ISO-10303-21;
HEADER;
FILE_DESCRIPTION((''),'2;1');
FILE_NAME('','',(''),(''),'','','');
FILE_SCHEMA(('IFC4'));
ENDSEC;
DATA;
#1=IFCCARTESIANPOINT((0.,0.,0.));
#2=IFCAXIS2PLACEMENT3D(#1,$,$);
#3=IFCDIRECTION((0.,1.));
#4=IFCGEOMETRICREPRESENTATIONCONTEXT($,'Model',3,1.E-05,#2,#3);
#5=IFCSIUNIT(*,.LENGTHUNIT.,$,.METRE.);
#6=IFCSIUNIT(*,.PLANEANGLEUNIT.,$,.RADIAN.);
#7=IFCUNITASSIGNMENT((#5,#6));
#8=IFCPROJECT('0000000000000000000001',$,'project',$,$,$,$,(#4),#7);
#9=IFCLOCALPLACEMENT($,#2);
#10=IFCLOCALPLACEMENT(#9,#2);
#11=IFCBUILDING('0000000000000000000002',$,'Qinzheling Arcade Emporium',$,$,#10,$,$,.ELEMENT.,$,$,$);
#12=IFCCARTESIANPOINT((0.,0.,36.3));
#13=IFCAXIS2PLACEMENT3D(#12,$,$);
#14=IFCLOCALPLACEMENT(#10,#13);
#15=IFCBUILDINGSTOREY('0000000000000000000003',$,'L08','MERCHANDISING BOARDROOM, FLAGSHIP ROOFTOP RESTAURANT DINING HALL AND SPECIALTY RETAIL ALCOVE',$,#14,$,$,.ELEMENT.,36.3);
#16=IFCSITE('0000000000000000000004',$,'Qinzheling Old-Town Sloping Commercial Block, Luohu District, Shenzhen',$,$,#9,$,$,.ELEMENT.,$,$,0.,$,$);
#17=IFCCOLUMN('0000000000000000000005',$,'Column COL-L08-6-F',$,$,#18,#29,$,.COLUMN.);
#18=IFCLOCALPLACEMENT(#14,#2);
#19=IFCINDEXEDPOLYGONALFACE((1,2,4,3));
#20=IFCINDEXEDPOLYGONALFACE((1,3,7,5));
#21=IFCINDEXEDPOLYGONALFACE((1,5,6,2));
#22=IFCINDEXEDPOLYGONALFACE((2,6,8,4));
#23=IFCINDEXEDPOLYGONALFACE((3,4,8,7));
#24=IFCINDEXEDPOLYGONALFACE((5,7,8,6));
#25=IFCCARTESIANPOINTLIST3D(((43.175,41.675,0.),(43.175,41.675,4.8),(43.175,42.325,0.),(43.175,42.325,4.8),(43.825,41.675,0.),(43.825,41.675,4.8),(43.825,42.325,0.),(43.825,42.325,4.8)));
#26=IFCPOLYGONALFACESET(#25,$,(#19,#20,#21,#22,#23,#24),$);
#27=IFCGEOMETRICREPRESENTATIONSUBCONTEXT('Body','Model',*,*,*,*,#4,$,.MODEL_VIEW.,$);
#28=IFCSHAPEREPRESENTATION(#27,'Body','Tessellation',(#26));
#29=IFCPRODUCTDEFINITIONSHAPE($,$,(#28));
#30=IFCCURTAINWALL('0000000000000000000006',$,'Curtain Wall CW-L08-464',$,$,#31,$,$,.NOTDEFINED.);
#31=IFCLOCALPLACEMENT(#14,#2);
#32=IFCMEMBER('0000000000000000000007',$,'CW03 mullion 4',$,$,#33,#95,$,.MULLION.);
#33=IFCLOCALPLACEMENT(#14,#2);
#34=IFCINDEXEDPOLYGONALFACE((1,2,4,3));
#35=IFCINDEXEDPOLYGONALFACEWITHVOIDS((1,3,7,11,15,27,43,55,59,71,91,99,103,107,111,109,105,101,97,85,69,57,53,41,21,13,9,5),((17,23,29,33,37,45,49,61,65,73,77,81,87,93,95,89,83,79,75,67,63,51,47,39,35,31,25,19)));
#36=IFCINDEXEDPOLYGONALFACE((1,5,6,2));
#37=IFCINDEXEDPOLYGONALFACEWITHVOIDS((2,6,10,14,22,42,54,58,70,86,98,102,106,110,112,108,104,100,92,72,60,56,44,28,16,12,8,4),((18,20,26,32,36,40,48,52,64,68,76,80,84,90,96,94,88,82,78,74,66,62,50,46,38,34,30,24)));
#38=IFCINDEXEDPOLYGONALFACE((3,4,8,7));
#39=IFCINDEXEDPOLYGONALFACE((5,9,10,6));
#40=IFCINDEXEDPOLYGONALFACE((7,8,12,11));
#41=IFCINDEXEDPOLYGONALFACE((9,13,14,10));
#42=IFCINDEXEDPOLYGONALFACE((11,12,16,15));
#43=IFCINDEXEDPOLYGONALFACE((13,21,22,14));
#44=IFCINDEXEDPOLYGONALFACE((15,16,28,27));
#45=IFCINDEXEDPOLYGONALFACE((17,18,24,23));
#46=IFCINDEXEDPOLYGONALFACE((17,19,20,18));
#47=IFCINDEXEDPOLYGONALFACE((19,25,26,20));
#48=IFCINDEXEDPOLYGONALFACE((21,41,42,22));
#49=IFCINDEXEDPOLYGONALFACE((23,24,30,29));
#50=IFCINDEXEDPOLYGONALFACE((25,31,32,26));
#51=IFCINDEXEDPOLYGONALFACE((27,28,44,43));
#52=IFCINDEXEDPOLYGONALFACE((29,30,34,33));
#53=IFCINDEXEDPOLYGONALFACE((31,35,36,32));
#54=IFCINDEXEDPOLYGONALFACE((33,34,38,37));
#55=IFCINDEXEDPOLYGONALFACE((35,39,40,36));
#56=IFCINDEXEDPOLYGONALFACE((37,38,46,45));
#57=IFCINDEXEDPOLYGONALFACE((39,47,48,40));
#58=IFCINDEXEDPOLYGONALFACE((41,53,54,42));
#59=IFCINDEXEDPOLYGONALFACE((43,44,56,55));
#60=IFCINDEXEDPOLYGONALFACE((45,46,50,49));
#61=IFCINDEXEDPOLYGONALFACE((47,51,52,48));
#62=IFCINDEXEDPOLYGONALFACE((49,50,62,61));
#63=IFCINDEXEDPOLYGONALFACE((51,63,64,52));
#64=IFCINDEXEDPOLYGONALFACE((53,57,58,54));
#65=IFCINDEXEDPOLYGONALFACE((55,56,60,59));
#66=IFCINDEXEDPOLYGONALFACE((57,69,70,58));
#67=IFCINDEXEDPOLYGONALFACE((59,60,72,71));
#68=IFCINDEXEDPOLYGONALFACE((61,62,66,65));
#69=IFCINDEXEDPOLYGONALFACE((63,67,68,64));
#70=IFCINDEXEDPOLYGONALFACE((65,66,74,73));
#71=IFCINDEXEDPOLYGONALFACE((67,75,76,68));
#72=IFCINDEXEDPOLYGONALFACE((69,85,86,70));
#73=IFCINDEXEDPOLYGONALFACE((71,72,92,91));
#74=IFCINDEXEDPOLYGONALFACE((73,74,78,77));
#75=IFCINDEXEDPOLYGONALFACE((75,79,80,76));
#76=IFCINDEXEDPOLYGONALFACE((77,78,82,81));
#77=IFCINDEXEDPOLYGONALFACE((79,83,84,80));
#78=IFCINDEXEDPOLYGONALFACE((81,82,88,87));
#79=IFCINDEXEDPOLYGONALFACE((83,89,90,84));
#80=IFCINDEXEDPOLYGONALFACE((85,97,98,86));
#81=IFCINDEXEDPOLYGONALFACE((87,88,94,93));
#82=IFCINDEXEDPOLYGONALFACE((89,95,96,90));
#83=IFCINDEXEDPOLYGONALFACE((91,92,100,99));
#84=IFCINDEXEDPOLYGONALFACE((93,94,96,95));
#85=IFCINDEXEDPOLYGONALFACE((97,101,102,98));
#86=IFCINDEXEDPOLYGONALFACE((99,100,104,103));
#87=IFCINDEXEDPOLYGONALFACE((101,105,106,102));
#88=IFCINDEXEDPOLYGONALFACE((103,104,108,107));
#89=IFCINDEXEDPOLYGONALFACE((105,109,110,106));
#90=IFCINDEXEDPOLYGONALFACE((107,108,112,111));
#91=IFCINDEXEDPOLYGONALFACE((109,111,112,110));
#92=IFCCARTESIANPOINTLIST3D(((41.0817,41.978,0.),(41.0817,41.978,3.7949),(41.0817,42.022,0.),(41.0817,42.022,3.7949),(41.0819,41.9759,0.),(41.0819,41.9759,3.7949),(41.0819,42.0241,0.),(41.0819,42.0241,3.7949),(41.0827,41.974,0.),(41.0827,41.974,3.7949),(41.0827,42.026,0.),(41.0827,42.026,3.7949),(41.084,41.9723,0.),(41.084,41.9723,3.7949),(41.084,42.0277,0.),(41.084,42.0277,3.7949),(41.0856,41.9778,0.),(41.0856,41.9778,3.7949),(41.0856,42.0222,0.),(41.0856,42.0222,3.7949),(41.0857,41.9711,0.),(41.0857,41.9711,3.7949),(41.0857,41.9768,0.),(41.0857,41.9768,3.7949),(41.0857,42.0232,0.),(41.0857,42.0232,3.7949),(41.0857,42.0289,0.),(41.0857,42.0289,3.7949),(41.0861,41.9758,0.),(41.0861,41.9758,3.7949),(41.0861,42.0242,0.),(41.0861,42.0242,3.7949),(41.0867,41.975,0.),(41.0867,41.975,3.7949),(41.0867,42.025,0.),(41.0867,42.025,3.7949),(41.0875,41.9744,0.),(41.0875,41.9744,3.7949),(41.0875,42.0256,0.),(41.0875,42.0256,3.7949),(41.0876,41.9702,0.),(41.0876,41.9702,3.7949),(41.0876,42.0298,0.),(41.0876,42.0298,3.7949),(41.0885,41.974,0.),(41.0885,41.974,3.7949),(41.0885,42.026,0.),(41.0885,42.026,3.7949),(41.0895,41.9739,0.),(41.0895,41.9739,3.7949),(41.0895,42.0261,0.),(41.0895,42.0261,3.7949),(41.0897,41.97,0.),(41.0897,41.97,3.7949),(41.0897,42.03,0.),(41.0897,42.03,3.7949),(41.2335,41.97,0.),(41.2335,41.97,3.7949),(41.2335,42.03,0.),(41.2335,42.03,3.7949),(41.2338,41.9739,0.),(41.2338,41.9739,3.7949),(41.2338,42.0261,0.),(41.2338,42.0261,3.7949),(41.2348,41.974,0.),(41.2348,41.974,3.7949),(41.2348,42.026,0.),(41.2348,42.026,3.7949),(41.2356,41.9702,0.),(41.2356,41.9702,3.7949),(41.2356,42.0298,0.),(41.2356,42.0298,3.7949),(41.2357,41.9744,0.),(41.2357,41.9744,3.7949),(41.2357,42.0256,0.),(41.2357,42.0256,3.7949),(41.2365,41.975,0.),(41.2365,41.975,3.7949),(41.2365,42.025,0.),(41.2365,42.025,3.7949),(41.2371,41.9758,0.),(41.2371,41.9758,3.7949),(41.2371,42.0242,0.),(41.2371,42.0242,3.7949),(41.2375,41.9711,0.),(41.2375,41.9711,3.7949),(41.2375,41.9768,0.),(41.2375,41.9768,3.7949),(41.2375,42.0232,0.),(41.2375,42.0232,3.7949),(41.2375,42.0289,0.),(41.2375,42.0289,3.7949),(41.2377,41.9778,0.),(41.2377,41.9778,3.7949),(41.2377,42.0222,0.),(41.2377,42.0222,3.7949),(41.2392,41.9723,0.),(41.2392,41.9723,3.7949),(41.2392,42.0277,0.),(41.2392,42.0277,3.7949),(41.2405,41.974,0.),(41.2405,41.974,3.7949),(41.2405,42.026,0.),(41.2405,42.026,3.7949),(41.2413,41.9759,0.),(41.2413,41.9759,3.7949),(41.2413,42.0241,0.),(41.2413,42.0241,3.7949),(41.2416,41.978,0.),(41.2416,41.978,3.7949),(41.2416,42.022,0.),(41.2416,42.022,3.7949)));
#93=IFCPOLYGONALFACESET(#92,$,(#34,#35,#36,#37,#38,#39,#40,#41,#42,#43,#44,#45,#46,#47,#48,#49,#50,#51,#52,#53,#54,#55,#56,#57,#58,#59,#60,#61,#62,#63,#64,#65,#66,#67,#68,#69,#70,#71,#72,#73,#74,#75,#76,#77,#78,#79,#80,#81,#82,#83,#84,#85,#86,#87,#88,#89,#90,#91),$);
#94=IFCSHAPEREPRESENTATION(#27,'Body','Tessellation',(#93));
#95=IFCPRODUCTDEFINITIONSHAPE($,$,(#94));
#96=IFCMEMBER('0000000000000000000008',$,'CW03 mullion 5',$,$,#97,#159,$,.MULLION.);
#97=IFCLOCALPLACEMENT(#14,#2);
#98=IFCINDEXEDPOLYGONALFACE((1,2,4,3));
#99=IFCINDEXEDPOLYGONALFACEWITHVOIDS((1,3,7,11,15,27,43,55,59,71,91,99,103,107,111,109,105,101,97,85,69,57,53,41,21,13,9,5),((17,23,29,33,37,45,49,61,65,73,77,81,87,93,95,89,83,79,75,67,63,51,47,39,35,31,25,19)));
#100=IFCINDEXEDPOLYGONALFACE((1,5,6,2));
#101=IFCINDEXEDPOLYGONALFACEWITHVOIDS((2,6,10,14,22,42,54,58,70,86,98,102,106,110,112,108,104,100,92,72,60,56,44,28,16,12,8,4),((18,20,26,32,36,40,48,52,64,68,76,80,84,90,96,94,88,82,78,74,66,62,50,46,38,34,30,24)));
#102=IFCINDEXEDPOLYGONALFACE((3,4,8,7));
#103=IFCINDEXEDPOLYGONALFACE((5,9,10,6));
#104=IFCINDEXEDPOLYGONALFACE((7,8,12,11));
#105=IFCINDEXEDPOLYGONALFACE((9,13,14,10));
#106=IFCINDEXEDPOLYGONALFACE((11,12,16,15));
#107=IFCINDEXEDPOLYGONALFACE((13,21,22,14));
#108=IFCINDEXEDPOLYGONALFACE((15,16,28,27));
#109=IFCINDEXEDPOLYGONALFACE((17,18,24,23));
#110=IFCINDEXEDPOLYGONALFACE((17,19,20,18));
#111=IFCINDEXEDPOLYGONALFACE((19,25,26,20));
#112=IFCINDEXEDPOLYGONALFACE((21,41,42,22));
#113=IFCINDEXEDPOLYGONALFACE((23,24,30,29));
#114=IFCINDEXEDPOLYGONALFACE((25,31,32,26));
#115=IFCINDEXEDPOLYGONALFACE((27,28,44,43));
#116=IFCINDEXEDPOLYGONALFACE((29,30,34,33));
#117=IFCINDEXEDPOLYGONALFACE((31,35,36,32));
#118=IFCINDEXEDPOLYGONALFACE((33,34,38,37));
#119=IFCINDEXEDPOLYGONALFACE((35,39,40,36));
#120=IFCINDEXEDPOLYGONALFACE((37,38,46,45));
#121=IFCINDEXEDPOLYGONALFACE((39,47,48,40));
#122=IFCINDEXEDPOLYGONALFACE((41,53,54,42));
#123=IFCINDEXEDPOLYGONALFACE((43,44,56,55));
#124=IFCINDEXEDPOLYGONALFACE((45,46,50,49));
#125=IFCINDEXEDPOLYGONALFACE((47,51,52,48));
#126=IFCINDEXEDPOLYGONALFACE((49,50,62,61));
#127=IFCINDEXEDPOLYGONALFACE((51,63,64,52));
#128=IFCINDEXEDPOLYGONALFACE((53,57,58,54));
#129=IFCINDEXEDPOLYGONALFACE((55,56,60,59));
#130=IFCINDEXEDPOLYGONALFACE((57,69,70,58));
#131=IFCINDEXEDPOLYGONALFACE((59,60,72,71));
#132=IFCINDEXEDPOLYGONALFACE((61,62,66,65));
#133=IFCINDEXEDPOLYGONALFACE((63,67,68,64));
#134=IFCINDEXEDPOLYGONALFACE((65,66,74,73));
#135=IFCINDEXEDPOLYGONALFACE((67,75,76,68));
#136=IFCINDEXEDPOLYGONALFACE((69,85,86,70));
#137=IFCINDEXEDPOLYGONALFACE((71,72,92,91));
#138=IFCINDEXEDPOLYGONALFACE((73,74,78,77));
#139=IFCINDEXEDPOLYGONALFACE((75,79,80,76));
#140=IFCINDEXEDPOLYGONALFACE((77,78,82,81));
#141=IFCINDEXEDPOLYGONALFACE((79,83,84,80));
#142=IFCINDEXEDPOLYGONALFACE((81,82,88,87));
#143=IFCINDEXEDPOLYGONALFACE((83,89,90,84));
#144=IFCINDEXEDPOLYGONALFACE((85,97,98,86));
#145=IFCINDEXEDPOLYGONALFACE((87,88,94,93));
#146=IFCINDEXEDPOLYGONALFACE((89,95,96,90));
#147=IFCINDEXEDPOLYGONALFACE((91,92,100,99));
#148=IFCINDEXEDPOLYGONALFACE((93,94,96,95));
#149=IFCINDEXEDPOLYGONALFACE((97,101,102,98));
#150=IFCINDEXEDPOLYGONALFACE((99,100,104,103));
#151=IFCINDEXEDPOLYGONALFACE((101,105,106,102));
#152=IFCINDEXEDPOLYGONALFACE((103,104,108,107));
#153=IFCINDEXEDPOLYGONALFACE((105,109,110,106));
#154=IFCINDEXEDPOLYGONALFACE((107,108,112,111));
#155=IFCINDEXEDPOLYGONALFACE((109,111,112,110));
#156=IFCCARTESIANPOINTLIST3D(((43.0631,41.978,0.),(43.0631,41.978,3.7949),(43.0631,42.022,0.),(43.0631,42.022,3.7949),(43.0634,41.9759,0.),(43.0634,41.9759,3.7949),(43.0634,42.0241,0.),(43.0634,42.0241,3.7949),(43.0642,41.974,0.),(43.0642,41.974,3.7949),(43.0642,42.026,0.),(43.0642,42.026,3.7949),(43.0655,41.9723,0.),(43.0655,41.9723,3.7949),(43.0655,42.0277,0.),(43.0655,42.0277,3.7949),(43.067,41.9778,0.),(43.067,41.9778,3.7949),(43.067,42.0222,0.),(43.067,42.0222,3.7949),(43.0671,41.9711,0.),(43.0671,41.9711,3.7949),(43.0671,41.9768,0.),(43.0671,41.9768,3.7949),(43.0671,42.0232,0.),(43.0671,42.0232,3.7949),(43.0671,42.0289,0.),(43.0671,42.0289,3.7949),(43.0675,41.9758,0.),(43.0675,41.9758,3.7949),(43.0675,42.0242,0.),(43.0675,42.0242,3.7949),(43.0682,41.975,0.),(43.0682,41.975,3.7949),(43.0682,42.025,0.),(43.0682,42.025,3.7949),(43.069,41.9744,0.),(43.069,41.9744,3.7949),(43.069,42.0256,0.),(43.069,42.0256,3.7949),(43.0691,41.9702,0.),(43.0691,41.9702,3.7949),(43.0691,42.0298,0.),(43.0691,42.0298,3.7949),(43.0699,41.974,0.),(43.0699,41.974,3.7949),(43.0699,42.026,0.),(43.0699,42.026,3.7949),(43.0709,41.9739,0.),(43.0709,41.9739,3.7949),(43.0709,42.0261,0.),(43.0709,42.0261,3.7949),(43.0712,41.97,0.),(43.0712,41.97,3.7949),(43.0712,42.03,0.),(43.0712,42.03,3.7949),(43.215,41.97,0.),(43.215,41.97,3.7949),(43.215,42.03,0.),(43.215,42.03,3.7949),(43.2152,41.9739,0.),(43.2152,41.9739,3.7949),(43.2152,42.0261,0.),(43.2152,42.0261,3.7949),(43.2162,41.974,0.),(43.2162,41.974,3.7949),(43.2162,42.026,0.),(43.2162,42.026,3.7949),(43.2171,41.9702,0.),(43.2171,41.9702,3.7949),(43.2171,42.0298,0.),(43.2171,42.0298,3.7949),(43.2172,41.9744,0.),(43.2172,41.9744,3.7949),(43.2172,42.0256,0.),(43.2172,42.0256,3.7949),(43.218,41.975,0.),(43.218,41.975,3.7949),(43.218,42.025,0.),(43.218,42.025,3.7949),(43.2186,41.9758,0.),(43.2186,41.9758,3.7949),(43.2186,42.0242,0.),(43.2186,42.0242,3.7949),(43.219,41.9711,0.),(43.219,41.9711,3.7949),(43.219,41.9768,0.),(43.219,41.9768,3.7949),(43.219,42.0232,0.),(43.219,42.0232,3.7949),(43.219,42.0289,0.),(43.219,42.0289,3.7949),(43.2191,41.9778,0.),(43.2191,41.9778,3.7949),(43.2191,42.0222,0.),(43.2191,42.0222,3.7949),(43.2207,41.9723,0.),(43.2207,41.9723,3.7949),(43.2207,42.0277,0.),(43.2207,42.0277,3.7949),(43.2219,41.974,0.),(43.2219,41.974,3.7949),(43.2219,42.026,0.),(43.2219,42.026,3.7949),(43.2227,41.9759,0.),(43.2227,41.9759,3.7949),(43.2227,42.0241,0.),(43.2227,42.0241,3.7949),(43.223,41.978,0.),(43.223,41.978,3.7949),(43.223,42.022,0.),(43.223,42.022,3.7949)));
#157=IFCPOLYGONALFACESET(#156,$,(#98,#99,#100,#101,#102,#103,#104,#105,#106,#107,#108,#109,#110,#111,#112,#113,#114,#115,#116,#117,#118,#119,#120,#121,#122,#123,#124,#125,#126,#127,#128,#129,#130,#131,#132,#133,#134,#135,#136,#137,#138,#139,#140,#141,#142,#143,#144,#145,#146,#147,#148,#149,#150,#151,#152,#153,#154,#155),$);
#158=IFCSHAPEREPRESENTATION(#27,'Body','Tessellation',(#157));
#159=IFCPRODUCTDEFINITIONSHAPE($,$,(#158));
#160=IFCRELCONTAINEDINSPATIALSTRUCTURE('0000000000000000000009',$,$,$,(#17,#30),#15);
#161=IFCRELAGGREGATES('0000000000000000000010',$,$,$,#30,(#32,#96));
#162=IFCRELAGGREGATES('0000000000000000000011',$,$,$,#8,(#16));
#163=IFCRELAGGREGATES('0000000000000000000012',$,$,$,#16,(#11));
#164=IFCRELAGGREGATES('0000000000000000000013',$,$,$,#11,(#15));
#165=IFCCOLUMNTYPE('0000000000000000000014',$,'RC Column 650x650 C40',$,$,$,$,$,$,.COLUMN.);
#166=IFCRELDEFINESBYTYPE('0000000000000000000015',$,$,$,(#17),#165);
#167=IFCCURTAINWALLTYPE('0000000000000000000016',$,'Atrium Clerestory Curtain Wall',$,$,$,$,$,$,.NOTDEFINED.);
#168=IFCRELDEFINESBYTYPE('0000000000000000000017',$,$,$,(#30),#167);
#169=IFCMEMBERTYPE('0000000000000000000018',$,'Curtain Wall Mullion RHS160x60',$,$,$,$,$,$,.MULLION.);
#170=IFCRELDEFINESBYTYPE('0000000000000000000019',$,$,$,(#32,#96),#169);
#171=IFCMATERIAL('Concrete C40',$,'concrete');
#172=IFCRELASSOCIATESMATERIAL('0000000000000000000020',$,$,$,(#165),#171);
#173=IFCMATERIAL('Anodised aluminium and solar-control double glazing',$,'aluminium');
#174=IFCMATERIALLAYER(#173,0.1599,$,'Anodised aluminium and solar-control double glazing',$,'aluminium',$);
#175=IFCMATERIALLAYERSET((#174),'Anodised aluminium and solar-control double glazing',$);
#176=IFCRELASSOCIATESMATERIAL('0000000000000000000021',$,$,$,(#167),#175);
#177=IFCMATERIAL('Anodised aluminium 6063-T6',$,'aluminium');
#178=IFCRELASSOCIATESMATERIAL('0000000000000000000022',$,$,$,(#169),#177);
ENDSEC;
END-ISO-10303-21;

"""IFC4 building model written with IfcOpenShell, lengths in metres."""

from ifc_helpers import new_model, si_unit, direction, frame, origin, origin_2d, place, context, subcontext, project, spatial, rectangle, hollow_rectangle, extrude, material, layer, layer_set, material_profile, profile_set, type_object, element, aggregate, save


model = new_model("IFC4")

# Units and contexts
model_context = context("Model", 3, precision=1e-05, world=origin(), true_north=direction((0.0, 1.0)))
body_context = subcontext(model_context, "Body", "Model", "MODEL_VIEW")
ifc_project = project(units=[si_unit("LENGTHUNIT", "METRE"), si_unit("PLANEANGLEUNIT", "RADIAN")], contexts=[model_context])

# Site, building, storey
site_placement = place(None, origin())
site = spatial("IfcSite", under=ifc_project, at=site_placement, Name="Qinzheling Old-Town Sloping Commercial Block, Luohu District, Shenzhen", CompositionType="ELEMENT", RefElevation=0.0)
building_placement = place(site_placement, origin())
building = spatial("IfcBuilding", under=site, at=building_placement, Name="Qinzheling Arcade Emporium", CompositionType="ELEMENT")
storey_placement = place(building_placement, frame((0.0, 0.0, 36.3)))
storey = spatial("IfcBuildingStorey", under=building, at=storey_placement, Name="L08", Description="MERCHANDISING BOARDROOM, FLAGSHIP ROOFTOP RESTAURANT DINING HALL AND SPECIALTY RETAIL ALCOVE", CompositionType="ELEMENT", Elevation=36.3)

# Column
ifc_material_1 = material(Name="Concrete C40", Category="concrete")
ifc_material_profile_1 = material_profile(ifc_material_1, rectangle(XDim=0.6499, YDim=0.6499, at=origin_2d()), Name="RC 650x650", Category="concrete")
ifc_profile_set_1 = profile_set([ifc_material_profile_1], Name="Concrete C40")
column_type = type_object("IfcColumnType", Name="RC Column 650x650 C40", PredefinedType="COLUMN", material=ifc_profile_set_1)
column_placement = place(storey_placement, frame((43.5, 42.0, 0.0), z_axis=(0.0, 0.0, 1.0), x_axis=(1.0, 0.0, 0.0)))
element("IfcColumn", 1, at=column_placement, inside=storey, type_object=column_type, Name="Column COL-L08-6-F", PredefinedType="COLUMN", context=body_context, shape_type="SweptSolid", body=[
    extrude(rectangle(XDim=0.6499, YDim=0.6499, at=origin_2d()), origin(), (0.0, 0.0, 1.0), 4.8),
])

# Curtain wall, members
ifc_material_2 = material(Name="Anodised aluminium and solar-control double glazing", Category="aluminium")
ifc_layer_1 = layer(ifc_material_2, 0.1599, Name="Anodised aluminium and solar-control double glazing", Category="aluminium")
ifc_layer_set_1 = layer_set([ifc_layer_1], Name="Anodised aluminium and solar-control double glazing")
curtain_wall_type = type_object("IfcCurtainWallType", Name="Atrium Clerestory Curtain Wall", PredefinedType="NOTDEFINED", material=ifc_layer_set_1)
curtain_wall_1_placement = place(storey_placement, origin())
curtain_wall_1 = element("IfcCurtainWall", 2, at=curtain_wall_1_placement, inside=storey, type_object=curtain_wall_type, Name="Curtain Wall CW-L08-464", PredefinedType="NOTDEFINED")
ifc_material_3 = material(Name="Anodised aluminium 6063-T6", Category="aluminium")
ifc_material_profile_2 = material_profile(ifc_material_3, hollow_rectangle(XDim=0.0601, YDim=0.1599, WallThickness=0.0039, InnerFilletRadius=0.0039, OuterFilletRadius=0.0081, at=origin_2d()), Name="RHS 160x60x4", Category="aluminium")
ifc_profile_set_2 = profile_set([ifc_material_profile_2], Name="Anodised aluminium 6063-T6")
member_type_1 = type_object("IfcMemberType", Name="Curtain Wall Mullion RHS160x60", PredefinedType="MULLION", material=ifc_profile_set_2)
member_1_placement = place(storey_placement, frame((41.1616, 42.0, 0.0), z_axis=(0.0, 0.0, 1.0), x_axis=(0.0, 1.0, 0.0)))
member_1 = element("IfcMember", 3, at=member_1_placement, type_object=member_type_1, Name="CW03 mullion 4", PredefinedType="MULLION", context=body_context, shape_type="SweptSolid", body=[
    extrude(hollow_rectangle(XDim=0.0601, YDim=0.1599, WallThickness=0.0039, InnerFilletRadius=0.0039, OuterFilletRadius=0.0081, at=origin_2d()), origin(), (0.0, 0.0, 1.0), 3.7949),
])
member_2_placement = place(storey_placement, frame((43.1431, 42.0, 0.0), z_axis=(0.0, 0.0, 1.0), x_axis=(0.0, 1.0, 0.0)))
member_2 = element("IfcMember", 4, at=member_2_placement, type_object=member_type_1, Name="CW03 mullion 5", PredefinedType="MULLION", context=body_context, shape_type="SweptSolid", body=[
    extrude(hollow_rectangle(XDim=0.0601, YDim=0.1599, WallThickness=0.0039, InnerFilletRadius=0.0039, OuterFilletRadius=0.0081, at=origin_2d()), origin(), (0.0, 0.0, 1.0), 3.7949),
])

aggregate(curtain_wall_1, [member_1, member_2])

save(model, "model.ifc")
